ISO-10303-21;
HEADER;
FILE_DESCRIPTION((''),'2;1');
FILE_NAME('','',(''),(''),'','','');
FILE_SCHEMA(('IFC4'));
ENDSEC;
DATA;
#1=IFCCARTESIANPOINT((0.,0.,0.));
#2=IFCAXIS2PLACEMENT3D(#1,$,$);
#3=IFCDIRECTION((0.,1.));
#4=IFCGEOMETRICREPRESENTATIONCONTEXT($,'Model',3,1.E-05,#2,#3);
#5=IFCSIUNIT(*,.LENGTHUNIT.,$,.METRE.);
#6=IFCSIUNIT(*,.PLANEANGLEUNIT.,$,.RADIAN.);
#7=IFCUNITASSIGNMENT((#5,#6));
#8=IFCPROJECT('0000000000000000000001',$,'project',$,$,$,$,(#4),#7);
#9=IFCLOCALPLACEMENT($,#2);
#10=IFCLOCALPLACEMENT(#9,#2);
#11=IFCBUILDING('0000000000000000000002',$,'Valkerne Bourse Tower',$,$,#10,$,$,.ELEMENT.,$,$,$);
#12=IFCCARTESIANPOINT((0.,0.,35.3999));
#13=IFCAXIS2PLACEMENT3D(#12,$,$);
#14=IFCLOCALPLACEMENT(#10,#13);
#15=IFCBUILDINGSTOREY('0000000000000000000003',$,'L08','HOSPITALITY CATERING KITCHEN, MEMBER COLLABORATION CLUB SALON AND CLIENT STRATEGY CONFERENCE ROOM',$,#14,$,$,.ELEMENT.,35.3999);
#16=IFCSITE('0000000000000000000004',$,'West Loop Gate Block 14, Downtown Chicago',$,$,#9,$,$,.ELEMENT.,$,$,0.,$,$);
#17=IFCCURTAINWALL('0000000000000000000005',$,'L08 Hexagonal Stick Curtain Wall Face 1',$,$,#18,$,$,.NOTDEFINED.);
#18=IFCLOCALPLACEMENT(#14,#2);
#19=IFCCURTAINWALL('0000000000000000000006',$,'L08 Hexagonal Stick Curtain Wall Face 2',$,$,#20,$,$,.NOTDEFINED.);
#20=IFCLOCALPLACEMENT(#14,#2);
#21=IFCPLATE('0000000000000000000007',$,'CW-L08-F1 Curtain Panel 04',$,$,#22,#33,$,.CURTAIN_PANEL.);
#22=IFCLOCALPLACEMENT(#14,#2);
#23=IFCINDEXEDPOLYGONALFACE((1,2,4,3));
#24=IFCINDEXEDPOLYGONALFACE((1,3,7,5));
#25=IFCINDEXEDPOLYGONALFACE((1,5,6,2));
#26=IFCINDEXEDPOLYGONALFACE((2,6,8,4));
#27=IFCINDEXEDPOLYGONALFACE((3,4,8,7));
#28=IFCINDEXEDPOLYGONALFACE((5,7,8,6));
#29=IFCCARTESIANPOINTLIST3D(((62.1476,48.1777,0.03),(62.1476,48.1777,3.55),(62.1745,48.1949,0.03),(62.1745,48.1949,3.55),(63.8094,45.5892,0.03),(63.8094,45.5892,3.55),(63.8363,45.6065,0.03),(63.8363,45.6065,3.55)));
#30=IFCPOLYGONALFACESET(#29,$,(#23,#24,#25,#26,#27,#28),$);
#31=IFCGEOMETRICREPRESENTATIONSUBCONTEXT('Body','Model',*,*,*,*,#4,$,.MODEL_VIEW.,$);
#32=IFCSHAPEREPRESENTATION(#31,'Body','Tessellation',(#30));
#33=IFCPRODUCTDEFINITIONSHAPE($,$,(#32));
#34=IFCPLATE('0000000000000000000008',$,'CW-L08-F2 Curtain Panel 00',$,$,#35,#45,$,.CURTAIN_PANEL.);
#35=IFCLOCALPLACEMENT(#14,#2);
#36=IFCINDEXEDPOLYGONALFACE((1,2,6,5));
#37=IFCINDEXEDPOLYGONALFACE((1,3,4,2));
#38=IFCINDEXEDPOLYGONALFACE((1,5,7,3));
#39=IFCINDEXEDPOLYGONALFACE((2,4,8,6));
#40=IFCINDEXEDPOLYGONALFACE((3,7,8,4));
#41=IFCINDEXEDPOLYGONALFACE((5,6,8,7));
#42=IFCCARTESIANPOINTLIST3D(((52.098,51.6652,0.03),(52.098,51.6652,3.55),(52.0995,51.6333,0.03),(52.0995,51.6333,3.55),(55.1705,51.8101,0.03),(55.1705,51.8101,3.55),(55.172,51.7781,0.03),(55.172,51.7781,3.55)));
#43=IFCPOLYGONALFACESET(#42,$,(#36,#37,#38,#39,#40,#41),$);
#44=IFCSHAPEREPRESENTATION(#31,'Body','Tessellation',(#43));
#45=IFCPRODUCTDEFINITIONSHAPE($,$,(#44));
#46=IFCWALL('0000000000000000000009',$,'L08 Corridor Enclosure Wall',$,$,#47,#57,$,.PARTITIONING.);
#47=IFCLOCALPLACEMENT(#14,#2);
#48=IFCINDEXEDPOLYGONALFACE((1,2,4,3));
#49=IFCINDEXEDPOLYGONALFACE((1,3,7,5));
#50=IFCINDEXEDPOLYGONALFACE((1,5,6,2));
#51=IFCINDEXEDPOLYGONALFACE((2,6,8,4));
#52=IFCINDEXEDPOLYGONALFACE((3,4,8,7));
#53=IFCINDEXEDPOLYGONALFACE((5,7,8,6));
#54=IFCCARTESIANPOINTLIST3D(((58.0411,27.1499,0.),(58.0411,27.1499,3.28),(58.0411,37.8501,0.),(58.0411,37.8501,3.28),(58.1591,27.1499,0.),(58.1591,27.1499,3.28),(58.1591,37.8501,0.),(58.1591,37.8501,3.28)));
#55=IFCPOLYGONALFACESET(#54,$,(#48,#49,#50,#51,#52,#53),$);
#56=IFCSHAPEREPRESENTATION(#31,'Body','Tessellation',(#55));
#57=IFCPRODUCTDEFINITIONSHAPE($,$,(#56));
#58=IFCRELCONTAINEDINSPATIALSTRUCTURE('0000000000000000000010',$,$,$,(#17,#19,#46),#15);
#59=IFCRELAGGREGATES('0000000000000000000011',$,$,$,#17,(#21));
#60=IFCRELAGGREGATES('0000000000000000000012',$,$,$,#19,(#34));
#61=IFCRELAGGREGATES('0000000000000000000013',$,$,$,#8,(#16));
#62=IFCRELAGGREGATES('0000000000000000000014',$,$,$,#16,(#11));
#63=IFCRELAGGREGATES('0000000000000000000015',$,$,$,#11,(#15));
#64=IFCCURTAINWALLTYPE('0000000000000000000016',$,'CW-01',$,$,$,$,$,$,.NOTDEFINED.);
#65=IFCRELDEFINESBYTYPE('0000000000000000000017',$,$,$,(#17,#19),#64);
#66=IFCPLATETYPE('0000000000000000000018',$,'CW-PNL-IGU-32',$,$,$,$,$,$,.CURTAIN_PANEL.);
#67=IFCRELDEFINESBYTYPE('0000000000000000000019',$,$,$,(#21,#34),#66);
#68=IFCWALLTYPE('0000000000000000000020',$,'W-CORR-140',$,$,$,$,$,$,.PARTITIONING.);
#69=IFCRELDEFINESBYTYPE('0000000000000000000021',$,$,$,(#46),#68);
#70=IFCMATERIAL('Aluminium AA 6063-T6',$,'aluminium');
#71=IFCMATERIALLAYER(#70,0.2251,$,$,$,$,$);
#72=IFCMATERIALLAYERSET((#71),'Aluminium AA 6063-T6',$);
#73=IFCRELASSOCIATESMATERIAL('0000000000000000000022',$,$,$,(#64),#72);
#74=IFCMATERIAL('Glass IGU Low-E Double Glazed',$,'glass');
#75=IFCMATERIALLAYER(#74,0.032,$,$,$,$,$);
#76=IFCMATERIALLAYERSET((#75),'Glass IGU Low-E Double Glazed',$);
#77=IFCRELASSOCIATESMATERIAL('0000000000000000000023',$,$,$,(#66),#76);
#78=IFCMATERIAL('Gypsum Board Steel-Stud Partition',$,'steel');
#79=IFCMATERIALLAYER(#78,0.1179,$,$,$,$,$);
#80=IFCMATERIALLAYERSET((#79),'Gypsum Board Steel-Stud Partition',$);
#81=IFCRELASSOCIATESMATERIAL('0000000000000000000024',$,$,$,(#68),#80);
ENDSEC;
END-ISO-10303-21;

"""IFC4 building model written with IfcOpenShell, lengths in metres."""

from ifc_helpers import new_model, si_unit, direction, frame, frame_2d, origin, origin_2d, place, context, subcontext, project, spatial, rectangle, extrude, material, layer, layer_set, type_object, element, aggregate, save


model = new_model("IFC4")

# Units and contexts
model_context = context("Model", 3, precision=1e-05, world=origin(), true_north=direction((0.0, 1.0)))
body_context = subcontext(model_context, "Body", "Model", "MODEL_VIEW")
ifc_project = project(units=[si_unit("LENGTHUNIT", "METRE"), si_unit("PLANEANGLEUNIT", "RADIAN")], contexts=[model_context])

# Site, building, storey
site_placement = place(None, origin())
site = spatial("IfcSite", under=ifc_project, at=site_placement, Name="West Loop Gate Block 14, Downtown Chicago", CompositionType="ELEMENT", RefElevation=0.0)
building_placement = place(site_placement, origin())
building = spatial("IfcBuilding", under=site, at=building_placement, Name="Valkerne Bourse Tower", CompositionType="ELEMENT")
storey_placement = place(building_placement, frame((0.0, 0.0, 35.3999)))
storey = spatial("IfcBuildingStorey", under=building, at=storey_placement, Name="L08", Description="HOSPITALITY CATERING KITCHEN, MEMBER COLLABORATION CLUB SALON AND CLIENT STRATEGY CONFERENCE ROOM", CompositionType="ELEMENT", Elevation=35.3999)

# Curtain walls
ifc_material_1 = material(Name="Aluminium AA 6063-T6", Category="aluminium")
ifc_layer_1 = layer(ifc_material_1, 0.2251)
ifc_layer_set_1 = layer_set([ifc_layer_1], Name="Aluminium AA 6063-T6")
curtain_wall_type = type_object("IfcCurtainWallType", Name="CW-01", PredefinedType="NOTDEFINED", material=ifc_layer_set_1)
curtain_wall_1_placement = place(storey_placement, origin())
curtain_wall_1 = element("IfcCurtainWall", 1, at=curtain_wall_1_placement, inside=storey, type_object=curtain_wall_type, Name="L08 Hexagonal Stick Curtain Wall Face 1", PredefinedType="NOTDEFINED")
curtain_wall_2_placement = place(storey_placement, origin())
curtain_wall_2 = element("IfcCurtainWall", 2, at=curtain_wall_2_placement, inside=storey, type_object=curtain_wall_type, Name="L08 Hexagonal Stick Curtain Wall Face 2", PredefinedType="NOTDEFINED")

# Plates
ifc_material_2 = material(Name="Glass IGU Low-E Double Glazed", Category="glass")
ifc_layer_2 = layer(ifc_material_2, 0.032)
ifc_layer_set_2 = layer_set([ifc_layer_2], Name="Glass IGU Low-E Double Glazed")
plate_type = type_object("IfcPlateType", Name="CW-PNL-IGU-32", PredefinedType="CURTAIN_PANEL", material=ifc_layer_set_2)
plate_1_placement = place(storey_placement, frame((62.9919, 46.8921, 0.03), z_axis=(0.0, 0.0, 1.0), x_axis=(-0.540238, 0.841512, 0.0)))
plate_1 = element("IfcPlate", 3, at=plate_1_placement, type_object=plate_type, Name="CW-L08-F1 Curtain Panel 04", PredefinedType="CURTAIN_PANEL", context=body_context, shape_type="SweptSolid", body=[
    extrude(rectangle(XDim=3.0759, YDim=0.032, at=origin_2d()), origin(), (0.0, 0.0, 1.0), 3.52),
])
aggregate(curtain_wall_1, [plate_1])
plate_2_placement = place(storey_placement, frame((53.635, 51.7217, 0.03), z_axis=(0.0, 0.0, 1.0), x_axis=(-0.99889, -0.047098, 0.0)))
plate_2 = element("IfcPlate", 4, at=plate_2_placement, type_object=plate_type, Name="CW-L08-F2 Curtain Panel 00", PredefinedType="CURTAIN_PANEL", context=body_context, shape_type="SweptSolid", body=[
    extrude(rectangle(XDim=3.0759, YDim=0.032, at=origin_2d()), origin(), (0.0, 0.0, 1.0), 3.52),
])
aggregate(curtain_wall_2, [plate_2])

# Wall
ifc_material_3 = material(Name="Gypsum Board Steel-Stud Partition", Category="steel")
ifc_layer_3 = layer(ifc_material_3, 0.1179)
ifc_layer_set_3 = layer_set([ifc_layer_3], Name="Gypsum Board Steel-Stud Partition")
wall_type = type_object("IfcWallType", Name="W-CORR-140", PredefinedType="PARTITIONING", material=ifc_layer_set_3)
wall_placement = place(storey_placement, frame((58.1001, 37.8501, 0.0), z_axis=(0.0, 0.0, 1.0), x_axis=(0.0, -1.0, 0.0)))
element("IfcWall", 5, at=wall_placement, inside=storey, type_object=wall_type, Name="L08 Corridor Enclosure Wall", PredefinedType="PARTITIONING", context=body_context, shape_type="SweptSolid", body=[
    extrude(rectangle(XDim=10.7002, YDim=0.1179, at=frame_2d((5.3501, 0.0))), origin(), (0.0, 0.0, 1.0), 3.28),
])

save(model, "model.ifc")
